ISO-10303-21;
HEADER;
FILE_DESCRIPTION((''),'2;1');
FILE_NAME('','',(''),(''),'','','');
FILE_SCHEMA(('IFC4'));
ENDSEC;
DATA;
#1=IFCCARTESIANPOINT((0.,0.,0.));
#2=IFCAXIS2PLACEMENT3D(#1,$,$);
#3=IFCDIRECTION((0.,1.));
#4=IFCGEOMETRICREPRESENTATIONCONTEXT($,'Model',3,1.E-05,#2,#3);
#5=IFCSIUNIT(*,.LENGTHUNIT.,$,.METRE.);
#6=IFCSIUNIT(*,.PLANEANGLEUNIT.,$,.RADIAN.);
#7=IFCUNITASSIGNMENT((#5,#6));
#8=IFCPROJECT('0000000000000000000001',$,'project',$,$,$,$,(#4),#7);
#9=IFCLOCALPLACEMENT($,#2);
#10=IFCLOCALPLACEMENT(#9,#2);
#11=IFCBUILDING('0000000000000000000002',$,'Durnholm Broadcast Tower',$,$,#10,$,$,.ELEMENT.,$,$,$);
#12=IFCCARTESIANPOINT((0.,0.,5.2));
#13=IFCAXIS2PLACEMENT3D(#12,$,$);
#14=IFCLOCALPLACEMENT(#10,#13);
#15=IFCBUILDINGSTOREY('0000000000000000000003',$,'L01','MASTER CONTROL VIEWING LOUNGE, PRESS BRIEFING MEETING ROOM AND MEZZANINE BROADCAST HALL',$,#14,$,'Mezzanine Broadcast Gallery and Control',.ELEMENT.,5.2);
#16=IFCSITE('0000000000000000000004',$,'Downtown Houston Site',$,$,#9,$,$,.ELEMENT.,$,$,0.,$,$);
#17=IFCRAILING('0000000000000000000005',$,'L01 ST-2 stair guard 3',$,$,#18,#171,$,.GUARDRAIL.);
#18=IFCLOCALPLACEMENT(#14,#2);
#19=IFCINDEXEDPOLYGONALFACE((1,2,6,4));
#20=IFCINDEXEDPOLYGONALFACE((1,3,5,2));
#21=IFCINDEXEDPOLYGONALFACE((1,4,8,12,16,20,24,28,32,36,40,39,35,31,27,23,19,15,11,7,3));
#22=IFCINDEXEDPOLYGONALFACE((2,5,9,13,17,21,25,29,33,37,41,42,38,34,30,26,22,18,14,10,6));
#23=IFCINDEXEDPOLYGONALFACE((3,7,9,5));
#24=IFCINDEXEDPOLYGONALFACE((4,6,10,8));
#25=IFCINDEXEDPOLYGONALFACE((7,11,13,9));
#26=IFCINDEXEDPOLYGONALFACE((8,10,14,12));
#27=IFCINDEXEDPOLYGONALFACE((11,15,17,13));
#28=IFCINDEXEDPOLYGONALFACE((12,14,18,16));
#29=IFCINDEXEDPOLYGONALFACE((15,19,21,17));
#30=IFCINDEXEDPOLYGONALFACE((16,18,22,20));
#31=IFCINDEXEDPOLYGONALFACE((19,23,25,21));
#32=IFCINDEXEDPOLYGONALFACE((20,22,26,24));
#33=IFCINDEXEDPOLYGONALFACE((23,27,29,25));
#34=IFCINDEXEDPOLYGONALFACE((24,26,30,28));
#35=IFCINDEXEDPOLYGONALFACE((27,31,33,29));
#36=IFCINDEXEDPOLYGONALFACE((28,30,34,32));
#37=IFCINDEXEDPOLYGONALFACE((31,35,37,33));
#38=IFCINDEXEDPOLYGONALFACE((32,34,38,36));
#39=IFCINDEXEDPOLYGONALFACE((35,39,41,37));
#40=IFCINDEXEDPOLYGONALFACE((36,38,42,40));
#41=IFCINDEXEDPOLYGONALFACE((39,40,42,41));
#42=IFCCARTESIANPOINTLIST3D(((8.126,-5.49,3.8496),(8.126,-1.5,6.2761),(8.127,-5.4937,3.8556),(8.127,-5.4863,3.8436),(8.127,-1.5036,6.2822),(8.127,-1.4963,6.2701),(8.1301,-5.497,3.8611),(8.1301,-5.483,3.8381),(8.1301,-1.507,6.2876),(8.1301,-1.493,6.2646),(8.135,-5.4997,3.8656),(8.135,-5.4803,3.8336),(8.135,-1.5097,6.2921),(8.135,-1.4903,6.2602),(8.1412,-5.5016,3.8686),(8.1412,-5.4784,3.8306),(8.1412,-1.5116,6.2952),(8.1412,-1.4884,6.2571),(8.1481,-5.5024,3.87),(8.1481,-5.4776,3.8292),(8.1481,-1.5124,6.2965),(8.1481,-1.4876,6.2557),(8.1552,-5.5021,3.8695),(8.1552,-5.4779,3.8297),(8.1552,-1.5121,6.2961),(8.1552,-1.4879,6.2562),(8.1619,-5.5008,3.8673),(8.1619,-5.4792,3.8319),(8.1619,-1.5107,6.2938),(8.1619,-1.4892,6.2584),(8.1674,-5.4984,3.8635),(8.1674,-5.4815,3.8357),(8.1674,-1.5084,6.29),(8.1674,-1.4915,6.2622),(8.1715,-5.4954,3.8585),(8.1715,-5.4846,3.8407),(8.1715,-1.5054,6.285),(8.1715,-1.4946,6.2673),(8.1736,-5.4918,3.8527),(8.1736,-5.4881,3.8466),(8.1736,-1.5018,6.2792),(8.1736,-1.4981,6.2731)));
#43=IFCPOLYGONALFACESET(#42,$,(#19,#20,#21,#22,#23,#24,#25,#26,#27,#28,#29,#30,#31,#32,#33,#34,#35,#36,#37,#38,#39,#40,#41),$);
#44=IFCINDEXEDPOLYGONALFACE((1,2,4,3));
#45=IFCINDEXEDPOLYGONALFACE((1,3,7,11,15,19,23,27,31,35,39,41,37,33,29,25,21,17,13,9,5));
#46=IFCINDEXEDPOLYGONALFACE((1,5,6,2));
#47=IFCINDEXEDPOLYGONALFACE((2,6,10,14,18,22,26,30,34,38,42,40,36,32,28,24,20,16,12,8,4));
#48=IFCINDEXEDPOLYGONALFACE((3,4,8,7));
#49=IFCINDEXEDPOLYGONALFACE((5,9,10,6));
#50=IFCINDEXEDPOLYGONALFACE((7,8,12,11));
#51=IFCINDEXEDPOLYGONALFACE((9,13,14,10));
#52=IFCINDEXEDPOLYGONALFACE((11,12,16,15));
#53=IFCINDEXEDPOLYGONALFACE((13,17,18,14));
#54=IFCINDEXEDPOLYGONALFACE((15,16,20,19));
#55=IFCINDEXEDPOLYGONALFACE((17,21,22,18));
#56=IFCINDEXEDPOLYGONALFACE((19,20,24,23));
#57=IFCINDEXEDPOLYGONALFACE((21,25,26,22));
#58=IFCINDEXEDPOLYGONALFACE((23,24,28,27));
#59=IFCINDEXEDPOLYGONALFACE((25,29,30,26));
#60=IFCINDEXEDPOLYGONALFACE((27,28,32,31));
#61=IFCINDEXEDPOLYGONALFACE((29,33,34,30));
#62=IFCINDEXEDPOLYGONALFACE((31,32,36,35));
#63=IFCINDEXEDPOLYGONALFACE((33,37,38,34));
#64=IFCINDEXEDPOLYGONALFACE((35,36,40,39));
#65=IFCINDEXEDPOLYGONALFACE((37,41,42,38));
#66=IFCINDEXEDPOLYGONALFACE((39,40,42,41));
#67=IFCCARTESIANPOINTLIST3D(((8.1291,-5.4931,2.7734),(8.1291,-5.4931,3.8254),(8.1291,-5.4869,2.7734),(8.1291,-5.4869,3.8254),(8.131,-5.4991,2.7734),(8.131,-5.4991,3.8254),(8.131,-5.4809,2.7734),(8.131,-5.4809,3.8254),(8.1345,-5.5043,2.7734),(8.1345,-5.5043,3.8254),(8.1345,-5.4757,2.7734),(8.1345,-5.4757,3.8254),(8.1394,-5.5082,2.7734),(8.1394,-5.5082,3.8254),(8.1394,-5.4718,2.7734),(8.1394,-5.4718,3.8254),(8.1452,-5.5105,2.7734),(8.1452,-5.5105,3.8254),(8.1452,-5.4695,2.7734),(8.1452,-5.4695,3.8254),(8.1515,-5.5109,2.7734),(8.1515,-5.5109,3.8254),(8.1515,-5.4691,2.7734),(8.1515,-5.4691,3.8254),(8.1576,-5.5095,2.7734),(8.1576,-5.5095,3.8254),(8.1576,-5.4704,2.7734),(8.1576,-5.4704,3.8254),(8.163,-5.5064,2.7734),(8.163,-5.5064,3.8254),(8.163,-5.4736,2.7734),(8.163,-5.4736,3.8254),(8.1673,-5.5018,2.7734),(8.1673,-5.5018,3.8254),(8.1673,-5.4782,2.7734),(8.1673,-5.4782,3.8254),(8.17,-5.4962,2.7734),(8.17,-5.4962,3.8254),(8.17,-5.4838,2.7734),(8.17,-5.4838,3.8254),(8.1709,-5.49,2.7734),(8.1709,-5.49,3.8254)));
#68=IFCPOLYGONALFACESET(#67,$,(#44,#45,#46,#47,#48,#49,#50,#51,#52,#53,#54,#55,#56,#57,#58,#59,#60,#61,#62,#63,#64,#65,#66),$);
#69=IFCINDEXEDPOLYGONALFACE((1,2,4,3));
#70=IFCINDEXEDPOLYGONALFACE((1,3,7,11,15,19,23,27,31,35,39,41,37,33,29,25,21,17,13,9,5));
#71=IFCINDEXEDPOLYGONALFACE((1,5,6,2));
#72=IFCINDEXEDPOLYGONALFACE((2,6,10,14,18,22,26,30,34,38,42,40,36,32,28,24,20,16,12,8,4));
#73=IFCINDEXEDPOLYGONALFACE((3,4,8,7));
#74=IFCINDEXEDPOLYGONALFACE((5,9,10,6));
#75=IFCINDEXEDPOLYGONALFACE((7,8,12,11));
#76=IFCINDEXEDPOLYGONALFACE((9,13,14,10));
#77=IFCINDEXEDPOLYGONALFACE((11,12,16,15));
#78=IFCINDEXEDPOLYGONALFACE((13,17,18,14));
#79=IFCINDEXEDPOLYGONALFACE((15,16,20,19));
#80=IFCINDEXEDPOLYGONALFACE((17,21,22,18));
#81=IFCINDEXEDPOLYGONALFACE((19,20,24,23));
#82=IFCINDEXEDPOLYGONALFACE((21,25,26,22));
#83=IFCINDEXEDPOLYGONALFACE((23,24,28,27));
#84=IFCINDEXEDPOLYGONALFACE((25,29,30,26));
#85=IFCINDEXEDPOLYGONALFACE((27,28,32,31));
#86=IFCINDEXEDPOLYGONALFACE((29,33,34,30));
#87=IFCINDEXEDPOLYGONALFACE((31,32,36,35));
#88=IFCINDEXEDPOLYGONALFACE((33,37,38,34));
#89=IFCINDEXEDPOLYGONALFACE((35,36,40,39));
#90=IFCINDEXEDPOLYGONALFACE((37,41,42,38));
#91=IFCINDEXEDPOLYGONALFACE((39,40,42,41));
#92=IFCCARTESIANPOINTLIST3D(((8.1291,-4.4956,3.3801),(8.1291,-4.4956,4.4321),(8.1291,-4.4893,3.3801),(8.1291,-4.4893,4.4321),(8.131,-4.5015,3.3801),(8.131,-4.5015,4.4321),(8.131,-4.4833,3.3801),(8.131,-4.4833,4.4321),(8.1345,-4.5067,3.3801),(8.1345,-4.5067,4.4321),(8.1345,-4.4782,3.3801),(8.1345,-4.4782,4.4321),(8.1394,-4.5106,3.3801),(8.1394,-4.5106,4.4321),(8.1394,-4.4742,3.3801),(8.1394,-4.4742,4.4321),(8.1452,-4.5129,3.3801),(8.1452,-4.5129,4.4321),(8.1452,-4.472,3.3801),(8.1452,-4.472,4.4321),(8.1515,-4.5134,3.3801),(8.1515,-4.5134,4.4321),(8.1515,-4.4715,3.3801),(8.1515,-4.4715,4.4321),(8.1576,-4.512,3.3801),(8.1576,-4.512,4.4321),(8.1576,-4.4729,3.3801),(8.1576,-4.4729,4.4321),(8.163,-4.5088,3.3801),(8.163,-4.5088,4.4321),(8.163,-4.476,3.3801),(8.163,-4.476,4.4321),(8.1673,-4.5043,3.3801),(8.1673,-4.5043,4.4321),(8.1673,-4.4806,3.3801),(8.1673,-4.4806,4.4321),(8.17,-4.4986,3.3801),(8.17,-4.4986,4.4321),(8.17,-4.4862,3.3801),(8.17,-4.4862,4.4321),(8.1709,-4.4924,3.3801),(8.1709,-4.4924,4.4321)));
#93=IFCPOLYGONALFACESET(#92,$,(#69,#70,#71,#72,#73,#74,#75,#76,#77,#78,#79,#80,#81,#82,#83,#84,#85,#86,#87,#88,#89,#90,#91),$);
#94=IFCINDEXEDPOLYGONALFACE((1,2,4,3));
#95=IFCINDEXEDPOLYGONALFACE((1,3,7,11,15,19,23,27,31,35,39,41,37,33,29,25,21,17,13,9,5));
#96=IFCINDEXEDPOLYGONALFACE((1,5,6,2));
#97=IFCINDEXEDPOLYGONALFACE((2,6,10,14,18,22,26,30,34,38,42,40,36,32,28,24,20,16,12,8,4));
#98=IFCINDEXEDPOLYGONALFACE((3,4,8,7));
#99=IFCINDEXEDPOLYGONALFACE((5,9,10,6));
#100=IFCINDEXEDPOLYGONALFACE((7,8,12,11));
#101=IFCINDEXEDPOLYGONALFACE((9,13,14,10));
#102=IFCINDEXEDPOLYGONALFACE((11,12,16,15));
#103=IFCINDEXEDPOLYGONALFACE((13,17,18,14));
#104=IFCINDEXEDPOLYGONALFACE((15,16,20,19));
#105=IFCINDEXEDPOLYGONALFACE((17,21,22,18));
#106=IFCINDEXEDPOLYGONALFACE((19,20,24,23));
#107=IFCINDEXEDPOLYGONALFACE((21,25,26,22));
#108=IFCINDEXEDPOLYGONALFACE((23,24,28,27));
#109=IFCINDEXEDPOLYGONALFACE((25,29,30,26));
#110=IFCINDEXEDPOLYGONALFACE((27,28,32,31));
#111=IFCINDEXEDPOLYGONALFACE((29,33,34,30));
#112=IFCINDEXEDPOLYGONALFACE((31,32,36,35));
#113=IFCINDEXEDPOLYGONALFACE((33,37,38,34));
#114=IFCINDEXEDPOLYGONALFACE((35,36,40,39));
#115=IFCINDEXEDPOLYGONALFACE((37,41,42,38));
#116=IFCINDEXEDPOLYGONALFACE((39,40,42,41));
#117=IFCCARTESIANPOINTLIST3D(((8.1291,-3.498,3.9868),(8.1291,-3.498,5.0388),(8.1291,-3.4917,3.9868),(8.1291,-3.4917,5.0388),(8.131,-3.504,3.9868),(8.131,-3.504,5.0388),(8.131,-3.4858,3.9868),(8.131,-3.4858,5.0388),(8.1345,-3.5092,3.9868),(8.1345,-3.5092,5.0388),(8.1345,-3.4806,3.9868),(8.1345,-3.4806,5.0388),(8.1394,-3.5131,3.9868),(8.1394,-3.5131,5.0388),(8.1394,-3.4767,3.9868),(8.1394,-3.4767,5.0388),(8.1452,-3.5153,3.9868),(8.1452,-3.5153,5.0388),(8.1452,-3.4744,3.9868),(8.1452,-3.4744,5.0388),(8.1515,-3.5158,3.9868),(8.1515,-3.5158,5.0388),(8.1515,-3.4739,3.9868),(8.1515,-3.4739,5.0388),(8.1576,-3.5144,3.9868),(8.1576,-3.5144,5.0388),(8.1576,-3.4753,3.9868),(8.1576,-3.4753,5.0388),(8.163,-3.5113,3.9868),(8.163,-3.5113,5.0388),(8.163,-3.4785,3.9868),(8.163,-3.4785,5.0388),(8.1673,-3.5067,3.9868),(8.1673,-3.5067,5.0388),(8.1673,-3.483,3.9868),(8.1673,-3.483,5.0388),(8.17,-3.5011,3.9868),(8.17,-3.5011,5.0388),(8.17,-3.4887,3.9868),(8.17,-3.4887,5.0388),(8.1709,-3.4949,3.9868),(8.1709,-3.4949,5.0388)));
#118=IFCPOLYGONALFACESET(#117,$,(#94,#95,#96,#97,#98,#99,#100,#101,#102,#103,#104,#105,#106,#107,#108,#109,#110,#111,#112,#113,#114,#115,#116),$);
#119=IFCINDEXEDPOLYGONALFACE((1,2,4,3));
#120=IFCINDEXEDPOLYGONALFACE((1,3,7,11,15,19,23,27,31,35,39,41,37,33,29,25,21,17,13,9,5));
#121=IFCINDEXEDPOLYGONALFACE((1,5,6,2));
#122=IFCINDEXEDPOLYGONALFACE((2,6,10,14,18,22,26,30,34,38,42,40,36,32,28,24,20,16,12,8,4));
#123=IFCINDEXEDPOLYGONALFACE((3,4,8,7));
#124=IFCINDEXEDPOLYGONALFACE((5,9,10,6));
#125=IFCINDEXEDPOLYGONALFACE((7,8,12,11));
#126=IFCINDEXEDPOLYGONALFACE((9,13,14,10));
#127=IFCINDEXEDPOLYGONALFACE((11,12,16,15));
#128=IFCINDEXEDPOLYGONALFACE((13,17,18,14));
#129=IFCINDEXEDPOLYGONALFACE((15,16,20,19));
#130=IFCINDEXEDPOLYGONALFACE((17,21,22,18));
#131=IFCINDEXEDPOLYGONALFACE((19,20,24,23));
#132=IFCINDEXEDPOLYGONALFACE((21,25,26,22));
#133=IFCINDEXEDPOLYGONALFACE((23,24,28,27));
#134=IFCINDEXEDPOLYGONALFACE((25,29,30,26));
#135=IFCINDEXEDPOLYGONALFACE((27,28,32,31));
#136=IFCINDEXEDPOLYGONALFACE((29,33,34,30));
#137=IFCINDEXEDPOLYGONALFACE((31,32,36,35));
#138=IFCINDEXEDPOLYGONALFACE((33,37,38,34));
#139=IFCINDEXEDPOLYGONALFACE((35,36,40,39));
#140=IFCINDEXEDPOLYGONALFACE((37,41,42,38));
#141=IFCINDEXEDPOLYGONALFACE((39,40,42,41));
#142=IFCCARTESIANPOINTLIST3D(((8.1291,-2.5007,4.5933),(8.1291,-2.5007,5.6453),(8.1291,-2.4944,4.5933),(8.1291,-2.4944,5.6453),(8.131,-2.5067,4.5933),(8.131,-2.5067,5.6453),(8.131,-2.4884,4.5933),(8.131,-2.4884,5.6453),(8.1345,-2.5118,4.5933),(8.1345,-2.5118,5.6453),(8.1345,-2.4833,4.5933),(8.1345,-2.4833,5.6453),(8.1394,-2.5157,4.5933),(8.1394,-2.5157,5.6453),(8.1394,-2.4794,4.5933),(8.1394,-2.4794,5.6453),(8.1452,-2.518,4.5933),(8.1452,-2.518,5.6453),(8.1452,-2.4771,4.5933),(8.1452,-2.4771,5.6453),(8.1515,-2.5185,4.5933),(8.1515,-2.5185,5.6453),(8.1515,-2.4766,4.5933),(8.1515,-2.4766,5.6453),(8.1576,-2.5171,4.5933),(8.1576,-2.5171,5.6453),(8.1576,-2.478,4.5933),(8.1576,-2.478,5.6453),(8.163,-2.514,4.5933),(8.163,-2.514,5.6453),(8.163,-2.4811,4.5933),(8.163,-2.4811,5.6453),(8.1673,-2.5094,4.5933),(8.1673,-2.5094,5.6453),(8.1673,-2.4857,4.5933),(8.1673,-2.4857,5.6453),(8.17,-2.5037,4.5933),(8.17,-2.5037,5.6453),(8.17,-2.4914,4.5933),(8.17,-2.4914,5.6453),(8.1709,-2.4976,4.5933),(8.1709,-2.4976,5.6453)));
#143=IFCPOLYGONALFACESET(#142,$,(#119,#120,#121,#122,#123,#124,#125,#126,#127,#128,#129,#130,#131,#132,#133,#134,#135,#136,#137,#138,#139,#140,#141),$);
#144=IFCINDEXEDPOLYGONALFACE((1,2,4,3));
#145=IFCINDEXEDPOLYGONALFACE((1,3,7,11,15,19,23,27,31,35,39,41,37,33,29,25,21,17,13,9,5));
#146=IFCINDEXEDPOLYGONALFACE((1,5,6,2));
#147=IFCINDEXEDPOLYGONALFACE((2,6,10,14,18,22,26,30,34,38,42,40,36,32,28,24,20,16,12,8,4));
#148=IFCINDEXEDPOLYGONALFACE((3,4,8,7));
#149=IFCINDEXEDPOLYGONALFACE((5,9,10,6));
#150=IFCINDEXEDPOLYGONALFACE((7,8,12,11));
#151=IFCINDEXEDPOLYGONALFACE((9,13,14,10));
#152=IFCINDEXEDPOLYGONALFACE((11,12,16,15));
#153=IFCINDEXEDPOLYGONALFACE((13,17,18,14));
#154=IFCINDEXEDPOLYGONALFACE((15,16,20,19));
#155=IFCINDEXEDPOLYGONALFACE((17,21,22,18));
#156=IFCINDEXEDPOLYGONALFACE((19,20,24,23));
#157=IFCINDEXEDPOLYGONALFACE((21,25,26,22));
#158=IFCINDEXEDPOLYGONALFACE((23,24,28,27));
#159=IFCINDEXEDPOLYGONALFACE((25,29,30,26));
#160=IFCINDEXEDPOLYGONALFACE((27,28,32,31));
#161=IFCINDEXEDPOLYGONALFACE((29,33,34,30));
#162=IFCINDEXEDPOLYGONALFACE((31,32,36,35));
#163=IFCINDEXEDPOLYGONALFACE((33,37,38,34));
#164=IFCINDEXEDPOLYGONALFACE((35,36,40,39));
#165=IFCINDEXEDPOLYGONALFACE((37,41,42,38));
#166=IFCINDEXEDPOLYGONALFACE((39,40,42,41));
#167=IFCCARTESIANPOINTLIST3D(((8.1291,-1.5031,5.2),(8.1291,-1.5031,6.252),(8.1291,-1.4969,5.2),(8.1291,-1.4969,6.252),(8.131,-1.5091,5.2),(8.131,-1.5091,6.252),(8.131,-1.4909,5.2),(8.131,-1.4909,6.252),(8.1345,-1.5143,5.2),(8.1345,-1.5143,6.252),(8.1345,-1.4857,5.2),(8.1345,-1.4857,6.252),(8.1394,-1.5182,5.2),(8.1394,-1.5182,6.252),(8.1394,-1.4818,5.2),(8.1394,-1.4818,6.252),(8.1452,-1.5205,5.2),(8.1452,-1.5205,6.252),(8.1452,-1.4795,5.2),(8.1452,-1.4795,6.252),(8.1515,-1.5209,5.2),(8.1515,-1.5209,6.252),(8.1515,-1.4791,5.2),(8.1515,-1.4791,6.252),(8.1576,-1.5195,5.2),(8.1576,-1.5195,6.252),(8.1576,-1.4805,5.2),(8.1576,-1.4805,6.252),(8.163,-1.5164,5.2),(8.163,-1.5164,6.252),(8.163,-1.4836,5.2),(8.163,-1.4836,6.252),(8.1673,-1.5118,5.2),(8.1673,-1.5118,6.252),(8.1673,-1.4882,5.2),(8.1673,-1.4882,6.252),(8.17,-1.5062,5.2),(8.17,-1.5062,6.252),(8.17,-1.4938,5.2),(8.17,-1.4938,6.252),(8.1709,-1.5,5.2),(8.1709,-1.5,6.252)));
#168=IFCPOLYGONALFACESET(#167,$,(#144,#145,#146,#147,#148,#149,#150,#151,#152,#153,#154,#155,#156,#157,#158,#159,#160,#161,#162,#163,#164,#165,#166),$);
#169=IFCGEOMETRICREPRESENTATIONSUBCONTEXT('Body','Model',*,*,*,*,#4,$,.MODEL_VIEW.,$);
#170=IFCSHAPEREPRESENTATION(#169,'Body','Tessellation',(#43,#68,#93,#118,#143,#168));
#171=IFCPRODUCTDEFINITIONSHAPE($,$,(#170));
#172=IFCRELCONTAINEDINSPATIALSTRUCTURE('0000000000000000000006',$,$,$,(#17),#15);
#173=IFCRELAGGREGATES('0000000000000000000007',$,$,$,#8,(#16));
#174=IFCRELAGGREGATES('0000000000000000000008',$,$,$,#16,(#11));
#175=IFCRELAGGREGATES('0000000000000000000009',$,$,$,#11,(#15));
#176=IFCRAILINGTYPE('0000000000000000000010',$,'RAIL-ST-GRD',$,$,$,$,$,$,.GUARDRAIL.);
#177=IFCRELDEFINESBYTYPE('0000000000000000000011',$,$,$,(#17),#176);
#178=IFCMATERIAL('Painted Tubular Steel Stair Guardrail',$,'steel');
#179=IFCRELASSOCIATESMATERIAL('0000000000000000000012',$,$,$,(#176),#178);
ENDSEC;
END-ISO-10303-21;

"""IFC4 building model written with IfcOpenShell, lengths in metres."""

from ifc_helpers import new_model, si_unit, direction, frame, origin, origin_2d, place, context, subcontext, project, spatial, circle, extrude, material, type_object, element, save


model = new_model("IFC4")

# Units and contexts
model_context = context("Model", 3, precision=1e-05, world=origin(), true_north=direction((0.0, 1.0)))
body_context = subcontext(model_context, "Body", "Model", "MODEL_VIEW")
ifc_project = project(units=[si_unit("LENGTHUNIT", "METRE"), si_unit("PLANEANGLEUNIT", "RADIAN")], contexts=[model_context])

# Site, building, storey
site_placement = place(None, origin())
site = spatial("IfcSite", under=ifc_project, at=site_placement, Name="Downtown Houston Site", CompositionType="ELEMENT", RefElevation=0.0)
building_placement = place(site_placement, origin())
building = spatial("IfcBuilding", under=site, at=building_placement, Name="Durnholm Broadcast Tower", CompositionType="ELEMENT")
storey_placement = place(building_placement, frame((0.0, 0.0, 5.2)))
storey = spatial("IfcBuildingStorey", under=building, at=storey_placement, Name="L01", Description="MASTER CONTROL VIEWING LOUNGE, PRESS BRIEFING MEETING ROOM AND MEZZANINE BROADCAST HALL", LongName="Mezzanine Broadcast Gallery and Control", CompositionType="ELEMENT", Elevation=5.2)

# Railing
ifc_material_1 = material(Name="Painted Tubular Steel Stair Guardrail", Category="steel")
railing_type_1 = type_object("IfcRailingType", Name="RAIL-ST-GRD", PredefinedType="GUARDRAIL", material=ifc_material_1)
railing_1_placement = place(storey_placement, frame((8.1499, -5.49, 2.7734)))
element("IfcRailing", 1, at=railing_1_placement, inside=storey, type_object=railing_type_1, Name="L01 ST-2 stair guard 3", PredefinedType="GUARDRAIL", context=body_context, shape_type="SweptSolid", body=[
    extrude(circle(Radius=0.0239, at=origin_2d()), frame((0.0, 0.0, 1.0762), z_axis=(0.0, 0.854405, 0.519607), x_axis=(-1.0, 0.0, 0.0)), (0.0, 0.0, 1.0), 4.6699),
    extrude(circle(Radius=0.021, at=origin_2d()), origin(), (0.0, 0.0, 1.0), 1.052),
    extrude(circle(Radius=0.021, at=origin_2d()), frame((0.0, 0.9976, 0.6067)), (0.0, 0.0, 1.0), 1.052),
    extrude(circle(Radius=0.021, at=origin_2d()), frame((0.0, 1.9951, 1.2134)), (0.0, 0.0, 1.0), 1.052),
    extrude(circle(Radius=0.021, at=origin_2d()), frame((0.0, 2.9924, 1.8198)), (0.0, 0.0, 1.0), 1.052),
    extrude(circle(Radius=0.021, at=origin_2d()), frame((0.0, 3.99, 2.4265)), (0.0, 0.0, 1.0), 1.052),
])

save(model, "model.ifc")
